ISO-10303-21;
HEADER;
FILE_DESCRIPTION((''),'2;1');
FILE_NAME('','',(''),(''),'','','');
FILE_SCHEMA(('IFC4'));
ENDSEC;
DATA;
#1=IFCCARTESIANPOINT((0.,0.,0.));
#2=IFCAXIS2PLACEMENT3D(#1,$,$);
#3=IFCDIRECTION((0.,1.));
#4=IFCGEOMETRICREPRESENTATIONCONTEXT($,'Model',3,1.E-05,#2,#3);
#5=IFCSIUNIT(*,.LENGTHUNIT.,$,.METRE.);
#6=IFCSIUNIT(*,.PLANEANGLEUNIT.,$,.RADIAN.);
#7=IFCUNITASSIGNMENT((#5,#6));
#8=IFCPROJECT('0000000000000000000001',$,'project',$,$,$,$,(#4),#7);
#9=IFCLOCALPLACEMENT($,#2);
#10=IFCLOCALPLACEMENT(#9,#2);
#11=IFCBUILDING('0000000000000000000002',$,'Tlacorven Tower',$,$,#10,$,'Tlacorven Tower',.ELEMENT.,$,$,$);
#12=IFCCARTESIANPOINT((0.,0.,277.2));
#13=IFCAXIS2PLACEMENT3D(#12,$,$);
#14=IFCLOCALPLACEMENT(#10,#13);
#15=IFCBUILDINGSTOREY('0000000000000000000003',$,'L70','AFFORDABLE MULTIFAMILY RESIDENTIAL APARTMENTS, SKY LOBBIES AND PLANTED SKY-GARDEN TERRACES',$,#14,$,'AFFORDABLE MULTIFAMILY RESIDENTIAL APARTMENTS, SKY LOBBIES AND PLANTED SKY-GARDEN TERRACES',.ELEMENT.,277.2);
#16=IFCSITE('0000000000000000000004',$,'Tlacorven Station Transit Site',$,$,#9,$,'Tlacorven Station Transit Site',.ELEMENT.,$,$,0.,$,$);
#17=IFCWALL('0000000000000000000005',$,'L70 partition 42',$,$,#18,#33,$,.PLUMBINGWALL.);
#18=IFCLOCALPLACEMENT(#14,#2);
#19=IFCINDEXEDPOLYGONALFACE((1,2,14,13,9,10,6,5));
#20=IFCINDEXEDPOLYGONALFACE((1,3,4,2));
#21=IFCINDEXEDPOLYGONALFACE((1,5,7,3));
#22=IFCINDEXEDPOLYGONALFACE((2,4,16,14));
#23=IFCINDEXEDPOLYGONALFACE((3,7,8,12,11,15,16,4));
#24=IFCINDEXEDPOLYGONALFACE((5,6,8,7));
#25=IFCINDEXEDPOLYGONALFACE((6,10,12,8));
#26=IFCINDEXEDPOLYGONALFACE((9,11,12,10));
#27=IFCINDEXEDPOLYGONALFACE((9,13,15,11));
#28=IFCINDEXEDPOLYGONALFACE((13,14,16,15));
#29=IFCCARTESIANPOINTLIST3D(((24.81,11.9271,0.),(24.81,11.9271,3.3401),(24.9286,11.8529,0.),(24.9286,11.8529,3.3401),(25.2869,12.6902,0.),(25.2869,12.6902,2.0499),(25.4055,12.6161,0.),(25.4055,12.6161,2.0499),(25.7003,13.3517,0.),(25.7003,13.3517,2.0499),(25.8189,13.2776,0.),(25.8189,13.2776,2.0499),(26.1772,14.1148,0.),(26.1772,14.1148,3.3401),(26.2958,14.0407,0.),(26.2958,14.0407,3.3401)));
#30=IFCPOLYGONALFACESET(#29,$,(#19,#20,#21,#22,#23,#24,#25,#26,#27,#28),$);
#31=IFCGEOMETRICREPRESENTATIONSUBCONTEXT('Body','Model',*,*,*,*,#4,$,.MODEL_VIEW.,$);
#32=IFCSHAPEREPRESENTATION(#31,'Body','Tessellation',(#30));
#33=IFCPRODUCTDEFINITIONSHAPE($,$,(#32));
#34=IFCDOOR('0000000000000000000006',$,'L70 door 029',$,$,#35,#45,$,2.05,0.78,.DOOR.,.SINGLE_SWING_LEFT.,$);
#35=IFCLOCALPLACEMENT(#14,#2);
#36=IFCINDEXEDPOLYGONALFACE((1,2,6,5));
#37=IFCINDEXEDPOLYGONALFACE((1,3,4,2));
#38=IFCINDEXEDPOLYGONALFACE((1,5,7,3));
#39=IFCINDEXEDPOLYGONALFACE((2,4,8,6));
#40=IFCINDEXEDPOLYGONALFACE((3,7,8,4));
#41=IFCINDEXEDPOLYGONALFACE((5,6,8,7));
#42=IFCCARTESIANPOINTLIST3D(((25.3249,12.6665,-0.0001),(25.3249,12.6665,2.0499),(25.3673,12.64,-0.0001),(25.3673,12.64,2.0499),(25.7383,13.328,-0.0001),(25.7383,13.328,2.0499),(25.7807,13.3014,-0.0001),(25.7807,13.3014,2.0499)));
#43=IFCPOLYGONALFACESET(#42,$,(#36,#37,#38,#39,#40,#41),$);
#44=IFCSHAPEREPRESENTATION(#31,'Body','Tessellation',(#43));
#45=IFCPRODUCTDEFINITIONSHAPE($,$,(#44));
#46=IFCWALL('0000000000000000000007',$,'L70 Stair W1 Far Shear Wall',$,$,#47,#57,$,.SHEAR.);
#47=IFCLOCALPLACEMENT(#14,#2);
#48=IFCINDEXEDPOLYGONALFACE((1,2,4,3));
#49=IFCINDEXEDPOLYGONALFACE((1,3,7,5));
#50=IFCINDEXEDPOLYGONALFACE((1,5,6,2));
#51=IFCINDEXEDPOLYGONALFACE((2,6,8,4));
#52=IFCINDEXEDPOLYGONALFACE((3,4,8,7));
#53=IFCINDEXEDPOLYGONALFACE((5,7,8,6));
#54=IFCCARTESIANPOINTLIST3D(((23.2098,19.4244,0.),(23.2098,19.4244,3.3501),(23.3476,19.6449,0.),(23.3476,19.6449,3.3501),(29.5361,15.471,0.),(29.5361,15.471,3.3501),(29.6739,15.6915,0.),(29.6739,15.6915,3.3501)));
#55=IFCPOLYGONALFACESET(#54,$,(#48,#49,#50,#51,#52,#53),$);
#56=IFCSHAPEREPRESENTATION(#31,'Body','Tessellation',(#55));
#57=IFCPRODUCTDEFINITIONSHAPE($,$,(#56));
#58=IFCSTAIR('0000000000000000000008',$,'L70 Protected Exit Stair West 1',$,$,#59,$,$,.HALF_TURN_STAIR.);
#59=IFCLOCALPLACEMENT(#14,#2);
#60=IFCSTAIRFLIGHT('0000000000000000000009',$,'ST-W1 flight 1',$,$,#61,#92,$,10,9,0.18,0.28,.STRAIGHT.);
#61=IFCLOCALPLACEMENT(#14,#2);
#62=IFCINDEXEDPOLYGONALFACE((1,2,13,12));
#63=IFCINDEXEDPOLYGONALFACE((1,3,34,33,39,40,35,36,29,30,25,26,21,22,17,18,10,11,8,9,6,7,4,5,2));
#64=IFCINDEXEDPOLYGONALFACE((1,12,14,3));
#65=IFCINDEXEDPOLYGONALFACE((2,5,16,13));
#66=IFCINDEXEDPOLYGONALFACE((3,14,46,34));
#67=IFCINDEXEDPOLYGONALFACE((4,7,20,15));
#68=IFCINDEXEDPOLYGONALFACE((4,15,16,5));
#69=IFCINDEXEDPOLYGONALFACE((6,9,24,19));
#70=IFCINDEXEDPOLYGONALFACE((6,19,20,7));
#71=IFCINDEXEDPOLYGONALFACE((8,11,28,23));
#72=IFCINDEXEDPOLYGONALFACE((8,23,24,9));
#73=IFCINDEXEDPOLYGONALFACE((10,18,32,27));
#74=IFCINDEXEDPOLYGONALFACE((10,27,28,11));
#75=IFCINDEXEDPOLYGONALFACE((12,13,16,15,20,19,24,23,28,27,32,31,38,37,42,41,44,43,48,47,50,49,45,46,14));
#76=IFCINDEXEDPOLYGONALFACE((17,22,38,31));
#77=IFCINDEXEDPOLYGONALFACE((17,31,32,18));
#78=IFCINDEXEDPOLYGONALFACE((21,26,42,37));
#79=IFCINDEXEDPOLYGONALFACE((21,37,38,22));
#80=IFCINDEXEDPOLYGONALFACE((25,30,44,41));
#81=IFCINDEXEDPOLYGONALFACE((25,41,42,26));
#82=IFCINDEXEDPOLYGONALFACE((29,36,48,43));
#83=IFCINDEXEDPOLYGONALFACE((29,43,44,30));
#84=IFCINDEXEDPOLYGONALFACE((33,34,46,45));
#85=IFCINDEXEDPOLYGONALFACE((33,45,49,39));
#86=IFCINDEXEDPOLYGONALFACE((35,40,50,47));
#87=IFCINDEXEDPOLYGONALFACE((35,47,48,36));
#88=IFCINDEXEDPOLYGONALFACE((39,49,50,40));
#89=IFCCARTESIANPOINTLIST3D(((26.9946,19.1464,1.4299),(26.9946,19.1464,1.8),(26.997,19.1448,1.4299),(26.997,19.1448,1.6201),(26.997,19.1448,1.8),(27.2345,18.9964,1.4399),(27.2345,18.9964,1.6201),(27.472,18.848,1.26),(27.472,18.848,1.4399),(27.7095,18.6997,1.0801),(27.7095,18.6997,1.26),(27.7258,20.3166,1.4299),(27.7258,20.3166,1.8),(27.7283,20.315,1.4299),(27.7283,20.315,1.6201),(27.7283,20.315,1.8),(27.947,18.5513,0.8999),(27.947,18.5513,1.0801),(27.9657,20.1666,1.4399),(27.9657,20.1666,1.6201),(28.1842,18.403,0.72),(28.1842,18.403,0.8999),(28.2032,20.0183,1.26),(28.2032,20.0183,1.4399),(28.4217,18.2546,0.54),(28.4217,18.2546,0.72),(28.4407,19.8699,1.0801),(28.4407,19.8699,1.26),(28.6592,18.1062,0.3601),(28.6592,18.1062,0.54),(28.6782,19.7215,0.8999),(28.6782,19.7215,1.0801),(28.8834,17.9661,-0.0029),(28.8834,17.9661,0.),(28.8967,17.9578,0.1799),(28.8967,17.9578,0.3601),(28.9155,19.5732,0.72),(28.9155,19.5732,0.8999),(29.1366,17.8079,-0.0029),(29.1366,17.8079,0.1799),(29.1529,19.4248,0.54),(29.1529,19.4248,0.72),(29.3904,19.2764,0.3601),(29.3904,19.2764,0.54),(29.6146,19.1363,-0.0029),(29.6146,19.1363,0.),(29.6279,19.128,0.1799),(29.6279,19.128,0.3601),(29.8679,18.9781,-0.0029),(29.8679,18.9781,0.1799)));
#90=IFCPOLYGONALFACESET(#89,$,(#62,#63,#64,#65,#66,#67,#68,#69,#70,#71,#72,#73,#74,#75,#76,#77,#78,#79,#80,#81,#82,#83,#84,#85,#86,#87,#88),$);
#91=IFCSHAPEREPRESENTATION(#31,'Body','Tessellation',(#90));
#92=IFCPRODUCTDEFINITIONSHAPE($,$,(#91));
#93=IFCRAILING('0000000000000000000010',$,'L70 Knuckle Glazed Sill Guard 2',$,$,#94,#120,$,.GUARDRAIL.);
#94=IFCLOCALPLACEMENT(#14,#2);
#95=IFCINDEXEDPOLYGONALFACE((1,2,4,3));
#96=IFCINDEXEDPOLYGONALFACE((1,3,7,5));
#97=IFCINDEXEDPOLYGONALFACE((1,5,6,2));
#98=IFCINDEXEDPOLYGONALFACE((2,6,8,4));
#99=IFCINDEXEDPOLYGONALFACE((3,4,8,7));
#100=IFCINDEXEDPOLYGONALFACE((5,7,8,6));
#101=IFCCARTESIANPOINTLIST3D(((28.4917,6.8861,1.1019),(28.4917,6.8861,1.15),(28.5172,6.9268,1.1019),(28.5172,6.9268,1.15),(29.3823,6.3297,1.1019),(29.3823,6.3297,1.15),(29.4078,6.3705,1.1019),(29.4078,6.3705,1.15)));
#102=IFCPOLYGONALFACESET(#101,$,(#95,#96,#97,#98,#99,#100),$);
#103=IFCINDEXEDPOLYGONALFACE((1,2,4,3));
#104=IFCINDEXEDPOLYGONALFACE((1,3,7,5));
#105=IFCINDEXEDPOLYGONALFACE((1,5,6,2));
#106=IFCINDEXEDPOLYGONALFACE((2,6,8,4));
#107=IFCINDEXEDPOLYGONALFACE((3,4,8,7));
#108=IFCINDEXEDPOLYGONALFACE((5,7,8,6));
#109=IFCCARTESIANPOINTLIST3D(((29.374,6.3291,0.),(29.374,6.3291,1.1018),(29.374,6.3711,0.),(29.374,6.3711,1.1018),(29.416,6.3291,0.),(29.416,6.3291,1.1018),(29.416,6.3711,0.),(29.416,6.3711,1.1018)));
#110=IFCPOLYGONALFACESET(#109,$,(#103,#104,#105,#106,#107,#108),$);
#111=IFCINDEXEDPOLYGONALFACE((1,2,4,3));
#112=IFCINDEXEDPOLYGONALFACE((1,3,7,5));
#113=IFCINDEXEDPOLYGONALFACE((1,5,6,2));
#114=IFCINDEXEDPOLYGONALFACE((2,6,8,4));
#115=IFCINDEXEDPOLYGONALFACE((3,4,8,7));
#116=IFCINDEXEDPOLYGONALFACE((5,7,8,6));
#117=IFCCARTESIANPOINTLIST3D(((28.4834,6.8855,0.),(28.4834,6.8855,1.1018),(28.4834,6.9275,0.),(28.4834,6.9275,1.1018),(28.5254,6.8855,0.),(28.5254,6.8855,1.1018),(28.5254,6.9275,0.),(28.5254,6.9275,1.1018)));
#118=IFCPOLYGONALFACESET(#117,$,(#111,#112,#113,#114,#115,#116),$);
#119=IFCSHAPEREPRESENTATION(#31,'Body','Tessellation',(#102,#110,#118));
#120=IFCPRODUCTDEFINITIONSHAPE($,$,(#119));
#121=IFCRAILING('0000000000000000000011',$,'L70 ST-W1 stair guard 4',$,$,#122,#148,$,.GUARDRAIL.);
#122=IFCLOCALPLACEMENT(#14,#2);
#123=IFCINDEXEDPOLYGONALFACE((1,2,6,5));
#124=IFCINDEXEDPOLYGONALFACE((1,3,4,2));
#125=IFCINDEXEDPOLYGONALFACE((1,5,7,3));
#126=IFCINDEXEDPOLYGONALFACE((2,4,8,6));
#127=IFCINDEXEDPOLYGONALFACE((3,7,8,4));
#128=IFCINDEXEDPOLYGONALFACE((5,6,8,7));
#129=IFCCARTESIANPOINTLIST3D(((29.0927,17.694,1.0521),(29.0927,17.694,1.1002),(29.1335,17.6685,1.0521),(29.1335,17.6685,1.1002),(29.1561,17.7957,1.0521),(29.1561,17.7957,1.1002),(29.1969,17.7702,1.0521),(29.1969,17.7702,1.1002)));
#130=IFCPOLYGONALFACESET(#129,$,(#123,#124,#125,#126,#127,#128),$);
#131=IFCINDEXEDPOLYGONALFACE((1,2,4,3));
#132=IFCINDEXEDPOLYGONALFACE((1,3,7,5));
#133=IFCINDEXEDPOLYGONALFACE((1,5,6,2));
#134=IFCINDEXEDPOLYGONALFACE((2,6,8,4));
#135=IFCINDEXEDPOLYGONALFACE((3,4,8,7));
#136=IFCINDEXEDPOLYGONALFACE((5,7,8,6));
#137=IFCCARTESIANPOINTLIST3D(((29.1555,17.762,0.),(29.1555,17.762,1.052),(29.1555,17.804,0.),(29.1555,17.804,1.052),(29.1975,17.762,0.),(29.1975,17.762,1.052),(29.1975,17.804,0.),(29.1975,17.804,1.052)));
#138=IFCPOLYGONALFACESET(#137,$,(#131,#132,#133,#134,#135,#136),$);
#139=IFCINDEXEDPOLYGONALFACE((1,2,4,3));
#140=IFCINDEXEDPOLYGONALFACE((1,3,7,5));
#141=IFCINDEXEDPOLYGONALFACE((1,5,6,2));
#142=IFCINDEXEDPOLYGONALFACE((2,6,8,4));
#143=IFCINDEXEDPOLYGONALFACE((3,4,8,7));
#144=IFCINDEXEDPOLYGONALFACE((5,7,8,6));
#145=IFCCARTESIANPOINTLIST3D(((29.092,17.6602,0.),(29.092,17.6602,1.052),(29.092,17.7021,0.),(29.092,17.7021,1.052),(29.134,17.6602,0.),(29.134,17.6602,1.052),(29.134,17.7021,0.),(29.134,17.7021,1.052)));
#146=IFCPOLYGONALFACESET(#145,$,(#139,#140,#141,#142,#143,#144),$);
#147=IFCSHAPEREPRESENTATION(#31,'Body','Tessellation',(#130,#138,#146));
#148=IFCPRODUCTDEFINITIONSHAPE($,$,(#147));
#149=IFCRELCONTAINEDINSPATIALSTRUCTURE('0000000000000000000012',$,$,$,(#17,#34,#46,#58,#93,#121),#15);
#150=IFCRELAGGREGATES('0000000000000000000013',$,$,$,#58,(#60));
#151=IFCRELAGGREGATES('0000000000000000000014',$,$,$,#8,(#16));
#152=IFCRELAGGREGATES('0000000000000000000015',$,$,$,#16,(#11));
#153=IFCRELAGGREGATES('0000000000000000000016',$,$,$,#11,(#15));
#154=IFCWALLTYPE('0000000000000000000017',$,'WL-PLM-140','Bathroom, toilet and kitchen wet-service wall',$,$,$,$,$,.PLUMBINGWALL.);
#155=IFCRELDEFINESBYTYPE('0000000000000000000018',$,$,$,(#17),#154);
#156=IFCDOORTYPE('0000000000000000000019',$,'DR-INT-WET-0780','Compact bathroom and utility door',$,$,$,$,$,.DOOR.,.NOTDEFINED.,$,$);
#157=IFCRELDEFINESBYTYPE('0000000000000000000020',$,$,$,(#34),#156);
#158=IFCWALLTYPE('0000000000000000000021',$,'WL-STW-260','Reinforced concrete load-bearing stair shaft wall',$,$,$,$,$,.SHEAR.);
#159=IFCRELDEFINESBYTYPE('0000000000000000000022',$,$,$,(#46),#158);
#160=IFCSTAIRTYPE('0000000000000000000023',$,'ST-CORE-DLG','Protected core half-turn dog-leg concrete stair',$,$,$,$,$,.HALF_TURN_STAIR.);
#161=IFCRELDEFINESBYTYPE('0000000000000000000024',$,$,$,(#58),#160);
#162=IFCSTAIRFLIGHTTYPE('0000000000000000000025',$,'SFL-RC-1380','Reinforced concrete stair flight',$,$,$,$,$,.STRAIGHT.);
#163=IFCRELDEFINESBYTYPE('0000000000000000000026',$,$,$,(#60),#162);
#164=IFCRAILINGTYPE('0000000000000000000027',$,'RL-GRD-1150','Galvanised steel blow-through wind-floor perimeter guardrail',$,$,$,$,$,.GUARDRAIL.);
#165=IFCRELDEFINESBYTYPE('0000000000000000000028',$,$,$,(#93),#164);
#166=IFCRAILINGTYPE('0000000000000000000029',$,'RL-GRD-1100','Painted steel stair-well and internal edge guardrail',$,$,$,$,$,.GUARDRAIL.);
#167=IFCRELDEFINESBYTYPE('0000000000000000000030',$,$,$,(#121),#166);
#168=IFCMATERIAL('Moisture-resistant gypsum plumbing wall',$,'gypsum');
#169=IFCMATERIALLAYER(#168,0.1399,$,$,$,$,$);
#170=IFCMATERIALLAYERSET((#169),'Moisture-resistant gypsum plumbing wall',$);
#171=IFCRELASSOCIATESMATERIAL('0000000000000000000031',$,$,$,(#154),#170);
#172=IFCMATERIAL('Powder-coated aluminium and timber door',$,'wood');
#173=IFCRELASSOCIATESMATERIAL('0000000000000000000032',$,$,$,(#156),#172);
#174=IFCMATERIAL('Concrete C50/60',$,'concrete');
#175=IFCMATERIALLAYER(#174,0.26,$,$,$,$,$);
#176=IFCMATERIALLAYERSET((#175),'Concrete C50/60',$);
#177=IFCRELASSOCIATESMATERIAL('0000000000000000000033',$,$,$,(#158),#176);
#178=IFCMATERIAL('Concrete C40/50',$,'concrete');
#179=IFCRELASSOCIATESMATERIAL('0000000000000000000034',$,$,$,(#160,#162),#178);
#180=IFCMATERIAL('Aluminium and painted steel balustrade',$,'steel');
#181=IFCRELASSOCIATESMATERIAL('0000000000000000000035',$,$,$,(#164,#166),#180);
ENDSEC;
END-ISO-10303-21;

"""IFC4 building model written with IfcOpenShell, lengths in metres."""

from ifc_helpers import new_model, si_unit, direction, frame, frame_2d, origin, origin_2d, place, context, subcontext, project, spatial, polyline, rectangle, outline, extrude, source, transform, mapped, material, layer, layer_set, type_object, element, fill, aggregate, save


model = new_model("IFC4")

# Units and contexts
model_context = context("Model", 3, precision=1e-05, world=origin(), true_north=direction((0.0, 1.0)))
body_context = subcontext(model_context, "Body", "Model", "MODEL_VIEW")
ifc_project = project(units=[si_unit("LENGTHUNIT", "METRE"), si_unit("PLANEANGLEUNIT", "RADIAN")], contexts=[model_context])

# Site, building, storey
site_placement = place(None, origin())
site = spatial("IfcSite", under=ifc_project, at=site_placement, Name="Tlacorven Station Transit Site", LongName="Tlacorven Station Transit Site", CompositionType="ELEMENT", RefElevation=0.0)
building_placement = place(site_placement, origin())
building = spatial("IfcBuilding", under=site, at=building_placement, Name="Tlacorven Tower", LongName="Tlacorven Tower", CompositionType="ELEMENT")
storey_placement = place(building_placement, frame((0.0, 0.0, 277.2)))
storey = spatial("IfcBuildingStorey", under=building, at=storey_placement, Name="L70", Description="AFFORDABLE MULTIFAMILY RESIDENTIAL APARTMENTS, SKY LOBBIES AND PLANTED SKY-GARDEN TERRACES", LongName="AFFORDABLE MULTIFAMILY RESIDENTIAL APARTMENTS, SKY LOBBIES AND PLANTED SKY-GARDEN TERRACES", CompositionType="ELEMENT", Elevation=277.2)

# Shared definitions
ifc_material_1 = material(Name="Powder-coated aluminium and timber door", Category="wood")

# Wall, opening, door
ifc_material_2 = material(Name="Moisture-resistant gypsum plumbing wall", Category="gypsum")
ifc_layer_1 = layer(ifc_material_2, 0.1399)
ifc_layer_set_1 = layer_set([ifc_layer_1], Name="Moisture-resistant gypsum plumbing wall")
wall_type_1 = type_object("IfcWallType", Name="WL-PLM-140", Description="Bathroom, toilet and kitchen wet-service wall", PredefinedType="PLUMBINGWALL", material=ifc_layer_set_1)
wall_1_placement = place(storey_placement, frame((26.2366, 14.0779, 0.0), z_axis=(0.0, 0.0, 1.0), x_axis=(-0.529956, -0.848025, 0.0)))
wall_1 = element("IfcWall", 1, at=wall_1_placement, inside=storey, type_object=wall_type_1, Name="L70 partition 42", PredefinedType="PLUMBINGWALL", context=body_context, shape_type="SweptSolid", body=[
    extrude(rectangle(XDim=2.5798, YDim=0.1399, at=frame_2d((1.29, 0.0))), origin(), (0.0, 0.0, 1.0), 3.3401),
])
opening_1_placement = place(wall_1_placement, frame((0.8999, 0.0, 0.0)))
opening_1 = element("IfcOpeningElement", 2, at=opening_1_placement, cuts=wall_1, PredefinedType="OPENING", context=body_context, shape_type="SweptSolid", body=[
    extrude(rectangle(XDim=0.78, YDim=2.05, at=frame_2d((0.3901, 1.0249))), frame((0.0, 0.0801, 0.0), z_axis=(0.0, -1.0, 0.0), x_axis=(1.0, 0.0, 0.0)), (0.0, 0.0, 1.0), 0.1599),
])
door_type_1 = type_object("IfcDoorType", Name="DR-INT-WET-0780", Description="Compact bathroom and utility door", OperationType="NOTDEFINED", PredefinedType="DOOR", material=ifc_material_1)
shared_shape_1 = source(origin(), body_context, "Body", "SweptSolid", [
    extrude(rectangle(XDim=0.78, YDim=2.05, at=frame_2d((0.3901, 1.0249))), frame((0.0, 0.0249, 0.0), z_axis=(0.0, -1.0, 0.0), x_axis=(1.0, 0.0, 0.0)), (0.0, 0.0, 1.0), 0.05),
])
door_1_placement = place(opening_1_placement, origin())
door_1 = element("IfcDoor", 3, at=door_1_placement, inside=storey, type_object=door_type_1, Name="L70 door 029", OperationType="SINGLE_SWING_LEFT", OverallHeight=2.05, OverallWidth=0.78, PredefinedType="DOOR", context=body_context, shape_type="MappedRepresentation", body=[
    mapped(shared_shape_1, transform((0.0, 0.0, 0.0), scale=1.0)),
])
fill(opening_1, door_1)

# Wall
ifc_material_3 = material(Name="Concrete C50/60", Category="concrete")
ifc_layer_2 = layer(ifc_material_3, 0.26)
ifc_layer_set_2 = layer_set([ifc_layer_2], Name="Concrete C50/60")
wall_type_2 = type_object("IfcWallType", Name="WL-STW-260", Description="Reinforced concrete load-bearing stair shaft wall", PredefinedType="SHEAR", material=ifc_layer_set_2)
wall_2_placement = place(storey_placement, frame((29.605, 15.5813, 0.0), z_axis=(0.0, 0.0, 1.0), x_axis=(-0.848037, 0.529937, 0.0)))
element("IfcWall", 4, at=wall_2_placement, inside=storey, type_object=wall_type_2, Name="L70 Stair W1 Far Shear Wall", PredefinedType="SHEAR", context=body_context, shape_type="SweptSolid", body=[
    extrude(rectangle(XDim=7.46, YDim=0.26, at=frame_2d((3.73, 0.0))), origin(), (0.0, 0.0, 1.0), 3.3501),
])

# Stair, stair flight
ifc_material_4 = material(Name="Concrete C40/50", Category="concrete")
stair_type = type_object("IfcStairType", Name="ST-CORE-DLG", Description="Protected core half-turn dog-leg concrete stair", PredefinedType="HALF_TURN_STAIR", material=ifc_material_4)
stair_placement = place(storey_placement, origin())
stair = element("IfcStair", 5, at=stair_placement, inside=storey, type_object=stair_type, Name="L70 Protected Exit Stair West 1", PredefinedType="HALF_TURN_STAIR")
stair_flight_type = type_object("IfcStairFlightType", Name="SFL-RC-1380", Description="Reinforced concrete stair flight", PredefinedType="STRAIGHT", material=ifc_material_4)
shared_shape_2 = source(origin(), body_context, "Body", "SweptSolid", [
    extrude(outline(polyline([(-0.0029, -0.0029), (-0.0029, 0.1799), (0.28, 0.1799), (0.28, 0.3601), (0.5601, 0.3601), (0.5601, 0.54), (0.8401, 0.54), (0.8401, 0.72), (1.1201, 0.72), (1.1201, 0.8999), (1.3999, 0.8999), (1.3999, 1.0801), (1.6799, 1.0801), (1.6799, 1.26), (1.96, 1.26), (1.96, 1.4399), (2.24, 1.4399), (2.24, 1.6201), (2.52, 1.6201), (2.52, 1.8), (2.5229, 1.8), (2.5229, 1.4299), (2.52, 1.4299), (0.2957, 0.0), (0.2957, -0.0029), (-0.0029, -0.0029)])), frame((0.0, 0.6899, 0.0), z_axis=(0.0, -1.0, 0.0), x_axis=(1.0, 0.0, 0.0)), (0.0, 0.0, 1.0), 1.3799),
])
stair_flight_placement = place(storey_placement, frame((29.4998, 18.3945, 0.0), z_axis=(0.0, 0.0, 1.0), x_axis=(-0.848048, 0.529919, 0.0)))
stair_flight = element("IfcStairFlight", 6, at=stair_flight_placement, type_object=stair_flight_type, Name="ST-W1 flight 1", NumberOfRisers=10, NumberOfTreads=9, PredefinedType="STRAIGHT", RiserHeight=0.18, TreadLength=0.28, context=body_context, shape_type="MappedRepresentation", body=[
    mapped(shared_shape_2, transform((0.0, 0.0, 0.0), scale=1.0)),
])
aggregate(stair, [stair_flight])

# Railings
ifc_material_5 = material(Name="Aluminium and painted steel balustrade", Category="steel")
railing_type_1 = type_object("IfcRailingType", Name="RL-GRD-1150", Description="Galvanised steel blow-through wind-floor perimeter guardrail", PredefinedType="GUARDRAIL", material=ifc_material_5)
shared_shape_3 = source(origin(), body_context, "Body", "SweptSolid", [
    extrude(rectangle(XDim=0.0481, YDim=0.0481, at=origin_2d()), frame((0.0, 0.0, 1.126), z_axis=(-0.848103, 0.529832, 0.0), x_axis=(-0.529832, -0.848103, 0.0)), (0.0, 0.0, 1.0), 1.05),
    extrude(rectangle(XDim=0.042, YDim=0.042, at=origin_2d()), origin(), (0.0, 0.0, 1.0), 1.1018),
    extrude(rectangle(XDim=0.042, YDim=0.042, at=origin_2d()), frame((-0.8906, 0.5564, 0.0)), (0.0, 0.0, 1.0), 1.1018),
])
railing_1_placement = place(storey_placement, frame((29.395, 6.3501, 0.0)))
element("IfcRailing", 7, at=railing_1_placement, inside=storey, type_object=railing_type_1, Name="L70 Knuckle Glazed Sill Guard 2", PredefinedType="GUARDRAIL", context=body_context, shape_type="MappedRepresentation", body=[
    mapped(shared_shape_3, transform((0.0, 0.0, 0.0), scale=1.0)),
])
railing_type_2 = type_object("IfcRailingType", Name="RL-GRD-1100", Description="Painted steel stair-well and internal edge guardrail", PredefinedType="GUARDRAIL", material=ifc_material_5)
shared_shape_4 = source(origin(), body_context, "Body", "SweptSolid", [
    extrude(rectangle(XDim=0.0481, YDim=0.0481, at=origin_2d()), frame((0.0, 0.0, 1.0762), z_axis=(-0.529084, -0.848569, 0.0), x_axis=(0.848569, -0.529084, 0.0)), (0.0, 0.0, 1.0), 0.1199),
    extrude(rectangle(XDim=0.042, YDim=0.042, at=origin_2d()), origin(), (0.0, 0.0, 1.0), 1.052),
    extrude(rectangle(XDim=0.042, YDim=0.042, at=origin_2d()), frame((-0.0635, -0.1018, 0.0)), (0.0, 0.0, 1.0), 1.052),
])
railing_2_placement = place(storey_placement, frame((29.1765, 17.783, 0.0)))
element("IfcRailing", 8, at=railing_2_placement, inside=storey, type_object=railing_type_2, Name="L70 ST-W1 stair guard 4", PredefinedType="GUARDRAIL", context=body_context, shape_type="MappedRepresentation", body=[
    mapped(shared_shape_4, transform((0.0, 0.0, 0.0), scale=1.0)),
])

save(model, "model.ifc")
